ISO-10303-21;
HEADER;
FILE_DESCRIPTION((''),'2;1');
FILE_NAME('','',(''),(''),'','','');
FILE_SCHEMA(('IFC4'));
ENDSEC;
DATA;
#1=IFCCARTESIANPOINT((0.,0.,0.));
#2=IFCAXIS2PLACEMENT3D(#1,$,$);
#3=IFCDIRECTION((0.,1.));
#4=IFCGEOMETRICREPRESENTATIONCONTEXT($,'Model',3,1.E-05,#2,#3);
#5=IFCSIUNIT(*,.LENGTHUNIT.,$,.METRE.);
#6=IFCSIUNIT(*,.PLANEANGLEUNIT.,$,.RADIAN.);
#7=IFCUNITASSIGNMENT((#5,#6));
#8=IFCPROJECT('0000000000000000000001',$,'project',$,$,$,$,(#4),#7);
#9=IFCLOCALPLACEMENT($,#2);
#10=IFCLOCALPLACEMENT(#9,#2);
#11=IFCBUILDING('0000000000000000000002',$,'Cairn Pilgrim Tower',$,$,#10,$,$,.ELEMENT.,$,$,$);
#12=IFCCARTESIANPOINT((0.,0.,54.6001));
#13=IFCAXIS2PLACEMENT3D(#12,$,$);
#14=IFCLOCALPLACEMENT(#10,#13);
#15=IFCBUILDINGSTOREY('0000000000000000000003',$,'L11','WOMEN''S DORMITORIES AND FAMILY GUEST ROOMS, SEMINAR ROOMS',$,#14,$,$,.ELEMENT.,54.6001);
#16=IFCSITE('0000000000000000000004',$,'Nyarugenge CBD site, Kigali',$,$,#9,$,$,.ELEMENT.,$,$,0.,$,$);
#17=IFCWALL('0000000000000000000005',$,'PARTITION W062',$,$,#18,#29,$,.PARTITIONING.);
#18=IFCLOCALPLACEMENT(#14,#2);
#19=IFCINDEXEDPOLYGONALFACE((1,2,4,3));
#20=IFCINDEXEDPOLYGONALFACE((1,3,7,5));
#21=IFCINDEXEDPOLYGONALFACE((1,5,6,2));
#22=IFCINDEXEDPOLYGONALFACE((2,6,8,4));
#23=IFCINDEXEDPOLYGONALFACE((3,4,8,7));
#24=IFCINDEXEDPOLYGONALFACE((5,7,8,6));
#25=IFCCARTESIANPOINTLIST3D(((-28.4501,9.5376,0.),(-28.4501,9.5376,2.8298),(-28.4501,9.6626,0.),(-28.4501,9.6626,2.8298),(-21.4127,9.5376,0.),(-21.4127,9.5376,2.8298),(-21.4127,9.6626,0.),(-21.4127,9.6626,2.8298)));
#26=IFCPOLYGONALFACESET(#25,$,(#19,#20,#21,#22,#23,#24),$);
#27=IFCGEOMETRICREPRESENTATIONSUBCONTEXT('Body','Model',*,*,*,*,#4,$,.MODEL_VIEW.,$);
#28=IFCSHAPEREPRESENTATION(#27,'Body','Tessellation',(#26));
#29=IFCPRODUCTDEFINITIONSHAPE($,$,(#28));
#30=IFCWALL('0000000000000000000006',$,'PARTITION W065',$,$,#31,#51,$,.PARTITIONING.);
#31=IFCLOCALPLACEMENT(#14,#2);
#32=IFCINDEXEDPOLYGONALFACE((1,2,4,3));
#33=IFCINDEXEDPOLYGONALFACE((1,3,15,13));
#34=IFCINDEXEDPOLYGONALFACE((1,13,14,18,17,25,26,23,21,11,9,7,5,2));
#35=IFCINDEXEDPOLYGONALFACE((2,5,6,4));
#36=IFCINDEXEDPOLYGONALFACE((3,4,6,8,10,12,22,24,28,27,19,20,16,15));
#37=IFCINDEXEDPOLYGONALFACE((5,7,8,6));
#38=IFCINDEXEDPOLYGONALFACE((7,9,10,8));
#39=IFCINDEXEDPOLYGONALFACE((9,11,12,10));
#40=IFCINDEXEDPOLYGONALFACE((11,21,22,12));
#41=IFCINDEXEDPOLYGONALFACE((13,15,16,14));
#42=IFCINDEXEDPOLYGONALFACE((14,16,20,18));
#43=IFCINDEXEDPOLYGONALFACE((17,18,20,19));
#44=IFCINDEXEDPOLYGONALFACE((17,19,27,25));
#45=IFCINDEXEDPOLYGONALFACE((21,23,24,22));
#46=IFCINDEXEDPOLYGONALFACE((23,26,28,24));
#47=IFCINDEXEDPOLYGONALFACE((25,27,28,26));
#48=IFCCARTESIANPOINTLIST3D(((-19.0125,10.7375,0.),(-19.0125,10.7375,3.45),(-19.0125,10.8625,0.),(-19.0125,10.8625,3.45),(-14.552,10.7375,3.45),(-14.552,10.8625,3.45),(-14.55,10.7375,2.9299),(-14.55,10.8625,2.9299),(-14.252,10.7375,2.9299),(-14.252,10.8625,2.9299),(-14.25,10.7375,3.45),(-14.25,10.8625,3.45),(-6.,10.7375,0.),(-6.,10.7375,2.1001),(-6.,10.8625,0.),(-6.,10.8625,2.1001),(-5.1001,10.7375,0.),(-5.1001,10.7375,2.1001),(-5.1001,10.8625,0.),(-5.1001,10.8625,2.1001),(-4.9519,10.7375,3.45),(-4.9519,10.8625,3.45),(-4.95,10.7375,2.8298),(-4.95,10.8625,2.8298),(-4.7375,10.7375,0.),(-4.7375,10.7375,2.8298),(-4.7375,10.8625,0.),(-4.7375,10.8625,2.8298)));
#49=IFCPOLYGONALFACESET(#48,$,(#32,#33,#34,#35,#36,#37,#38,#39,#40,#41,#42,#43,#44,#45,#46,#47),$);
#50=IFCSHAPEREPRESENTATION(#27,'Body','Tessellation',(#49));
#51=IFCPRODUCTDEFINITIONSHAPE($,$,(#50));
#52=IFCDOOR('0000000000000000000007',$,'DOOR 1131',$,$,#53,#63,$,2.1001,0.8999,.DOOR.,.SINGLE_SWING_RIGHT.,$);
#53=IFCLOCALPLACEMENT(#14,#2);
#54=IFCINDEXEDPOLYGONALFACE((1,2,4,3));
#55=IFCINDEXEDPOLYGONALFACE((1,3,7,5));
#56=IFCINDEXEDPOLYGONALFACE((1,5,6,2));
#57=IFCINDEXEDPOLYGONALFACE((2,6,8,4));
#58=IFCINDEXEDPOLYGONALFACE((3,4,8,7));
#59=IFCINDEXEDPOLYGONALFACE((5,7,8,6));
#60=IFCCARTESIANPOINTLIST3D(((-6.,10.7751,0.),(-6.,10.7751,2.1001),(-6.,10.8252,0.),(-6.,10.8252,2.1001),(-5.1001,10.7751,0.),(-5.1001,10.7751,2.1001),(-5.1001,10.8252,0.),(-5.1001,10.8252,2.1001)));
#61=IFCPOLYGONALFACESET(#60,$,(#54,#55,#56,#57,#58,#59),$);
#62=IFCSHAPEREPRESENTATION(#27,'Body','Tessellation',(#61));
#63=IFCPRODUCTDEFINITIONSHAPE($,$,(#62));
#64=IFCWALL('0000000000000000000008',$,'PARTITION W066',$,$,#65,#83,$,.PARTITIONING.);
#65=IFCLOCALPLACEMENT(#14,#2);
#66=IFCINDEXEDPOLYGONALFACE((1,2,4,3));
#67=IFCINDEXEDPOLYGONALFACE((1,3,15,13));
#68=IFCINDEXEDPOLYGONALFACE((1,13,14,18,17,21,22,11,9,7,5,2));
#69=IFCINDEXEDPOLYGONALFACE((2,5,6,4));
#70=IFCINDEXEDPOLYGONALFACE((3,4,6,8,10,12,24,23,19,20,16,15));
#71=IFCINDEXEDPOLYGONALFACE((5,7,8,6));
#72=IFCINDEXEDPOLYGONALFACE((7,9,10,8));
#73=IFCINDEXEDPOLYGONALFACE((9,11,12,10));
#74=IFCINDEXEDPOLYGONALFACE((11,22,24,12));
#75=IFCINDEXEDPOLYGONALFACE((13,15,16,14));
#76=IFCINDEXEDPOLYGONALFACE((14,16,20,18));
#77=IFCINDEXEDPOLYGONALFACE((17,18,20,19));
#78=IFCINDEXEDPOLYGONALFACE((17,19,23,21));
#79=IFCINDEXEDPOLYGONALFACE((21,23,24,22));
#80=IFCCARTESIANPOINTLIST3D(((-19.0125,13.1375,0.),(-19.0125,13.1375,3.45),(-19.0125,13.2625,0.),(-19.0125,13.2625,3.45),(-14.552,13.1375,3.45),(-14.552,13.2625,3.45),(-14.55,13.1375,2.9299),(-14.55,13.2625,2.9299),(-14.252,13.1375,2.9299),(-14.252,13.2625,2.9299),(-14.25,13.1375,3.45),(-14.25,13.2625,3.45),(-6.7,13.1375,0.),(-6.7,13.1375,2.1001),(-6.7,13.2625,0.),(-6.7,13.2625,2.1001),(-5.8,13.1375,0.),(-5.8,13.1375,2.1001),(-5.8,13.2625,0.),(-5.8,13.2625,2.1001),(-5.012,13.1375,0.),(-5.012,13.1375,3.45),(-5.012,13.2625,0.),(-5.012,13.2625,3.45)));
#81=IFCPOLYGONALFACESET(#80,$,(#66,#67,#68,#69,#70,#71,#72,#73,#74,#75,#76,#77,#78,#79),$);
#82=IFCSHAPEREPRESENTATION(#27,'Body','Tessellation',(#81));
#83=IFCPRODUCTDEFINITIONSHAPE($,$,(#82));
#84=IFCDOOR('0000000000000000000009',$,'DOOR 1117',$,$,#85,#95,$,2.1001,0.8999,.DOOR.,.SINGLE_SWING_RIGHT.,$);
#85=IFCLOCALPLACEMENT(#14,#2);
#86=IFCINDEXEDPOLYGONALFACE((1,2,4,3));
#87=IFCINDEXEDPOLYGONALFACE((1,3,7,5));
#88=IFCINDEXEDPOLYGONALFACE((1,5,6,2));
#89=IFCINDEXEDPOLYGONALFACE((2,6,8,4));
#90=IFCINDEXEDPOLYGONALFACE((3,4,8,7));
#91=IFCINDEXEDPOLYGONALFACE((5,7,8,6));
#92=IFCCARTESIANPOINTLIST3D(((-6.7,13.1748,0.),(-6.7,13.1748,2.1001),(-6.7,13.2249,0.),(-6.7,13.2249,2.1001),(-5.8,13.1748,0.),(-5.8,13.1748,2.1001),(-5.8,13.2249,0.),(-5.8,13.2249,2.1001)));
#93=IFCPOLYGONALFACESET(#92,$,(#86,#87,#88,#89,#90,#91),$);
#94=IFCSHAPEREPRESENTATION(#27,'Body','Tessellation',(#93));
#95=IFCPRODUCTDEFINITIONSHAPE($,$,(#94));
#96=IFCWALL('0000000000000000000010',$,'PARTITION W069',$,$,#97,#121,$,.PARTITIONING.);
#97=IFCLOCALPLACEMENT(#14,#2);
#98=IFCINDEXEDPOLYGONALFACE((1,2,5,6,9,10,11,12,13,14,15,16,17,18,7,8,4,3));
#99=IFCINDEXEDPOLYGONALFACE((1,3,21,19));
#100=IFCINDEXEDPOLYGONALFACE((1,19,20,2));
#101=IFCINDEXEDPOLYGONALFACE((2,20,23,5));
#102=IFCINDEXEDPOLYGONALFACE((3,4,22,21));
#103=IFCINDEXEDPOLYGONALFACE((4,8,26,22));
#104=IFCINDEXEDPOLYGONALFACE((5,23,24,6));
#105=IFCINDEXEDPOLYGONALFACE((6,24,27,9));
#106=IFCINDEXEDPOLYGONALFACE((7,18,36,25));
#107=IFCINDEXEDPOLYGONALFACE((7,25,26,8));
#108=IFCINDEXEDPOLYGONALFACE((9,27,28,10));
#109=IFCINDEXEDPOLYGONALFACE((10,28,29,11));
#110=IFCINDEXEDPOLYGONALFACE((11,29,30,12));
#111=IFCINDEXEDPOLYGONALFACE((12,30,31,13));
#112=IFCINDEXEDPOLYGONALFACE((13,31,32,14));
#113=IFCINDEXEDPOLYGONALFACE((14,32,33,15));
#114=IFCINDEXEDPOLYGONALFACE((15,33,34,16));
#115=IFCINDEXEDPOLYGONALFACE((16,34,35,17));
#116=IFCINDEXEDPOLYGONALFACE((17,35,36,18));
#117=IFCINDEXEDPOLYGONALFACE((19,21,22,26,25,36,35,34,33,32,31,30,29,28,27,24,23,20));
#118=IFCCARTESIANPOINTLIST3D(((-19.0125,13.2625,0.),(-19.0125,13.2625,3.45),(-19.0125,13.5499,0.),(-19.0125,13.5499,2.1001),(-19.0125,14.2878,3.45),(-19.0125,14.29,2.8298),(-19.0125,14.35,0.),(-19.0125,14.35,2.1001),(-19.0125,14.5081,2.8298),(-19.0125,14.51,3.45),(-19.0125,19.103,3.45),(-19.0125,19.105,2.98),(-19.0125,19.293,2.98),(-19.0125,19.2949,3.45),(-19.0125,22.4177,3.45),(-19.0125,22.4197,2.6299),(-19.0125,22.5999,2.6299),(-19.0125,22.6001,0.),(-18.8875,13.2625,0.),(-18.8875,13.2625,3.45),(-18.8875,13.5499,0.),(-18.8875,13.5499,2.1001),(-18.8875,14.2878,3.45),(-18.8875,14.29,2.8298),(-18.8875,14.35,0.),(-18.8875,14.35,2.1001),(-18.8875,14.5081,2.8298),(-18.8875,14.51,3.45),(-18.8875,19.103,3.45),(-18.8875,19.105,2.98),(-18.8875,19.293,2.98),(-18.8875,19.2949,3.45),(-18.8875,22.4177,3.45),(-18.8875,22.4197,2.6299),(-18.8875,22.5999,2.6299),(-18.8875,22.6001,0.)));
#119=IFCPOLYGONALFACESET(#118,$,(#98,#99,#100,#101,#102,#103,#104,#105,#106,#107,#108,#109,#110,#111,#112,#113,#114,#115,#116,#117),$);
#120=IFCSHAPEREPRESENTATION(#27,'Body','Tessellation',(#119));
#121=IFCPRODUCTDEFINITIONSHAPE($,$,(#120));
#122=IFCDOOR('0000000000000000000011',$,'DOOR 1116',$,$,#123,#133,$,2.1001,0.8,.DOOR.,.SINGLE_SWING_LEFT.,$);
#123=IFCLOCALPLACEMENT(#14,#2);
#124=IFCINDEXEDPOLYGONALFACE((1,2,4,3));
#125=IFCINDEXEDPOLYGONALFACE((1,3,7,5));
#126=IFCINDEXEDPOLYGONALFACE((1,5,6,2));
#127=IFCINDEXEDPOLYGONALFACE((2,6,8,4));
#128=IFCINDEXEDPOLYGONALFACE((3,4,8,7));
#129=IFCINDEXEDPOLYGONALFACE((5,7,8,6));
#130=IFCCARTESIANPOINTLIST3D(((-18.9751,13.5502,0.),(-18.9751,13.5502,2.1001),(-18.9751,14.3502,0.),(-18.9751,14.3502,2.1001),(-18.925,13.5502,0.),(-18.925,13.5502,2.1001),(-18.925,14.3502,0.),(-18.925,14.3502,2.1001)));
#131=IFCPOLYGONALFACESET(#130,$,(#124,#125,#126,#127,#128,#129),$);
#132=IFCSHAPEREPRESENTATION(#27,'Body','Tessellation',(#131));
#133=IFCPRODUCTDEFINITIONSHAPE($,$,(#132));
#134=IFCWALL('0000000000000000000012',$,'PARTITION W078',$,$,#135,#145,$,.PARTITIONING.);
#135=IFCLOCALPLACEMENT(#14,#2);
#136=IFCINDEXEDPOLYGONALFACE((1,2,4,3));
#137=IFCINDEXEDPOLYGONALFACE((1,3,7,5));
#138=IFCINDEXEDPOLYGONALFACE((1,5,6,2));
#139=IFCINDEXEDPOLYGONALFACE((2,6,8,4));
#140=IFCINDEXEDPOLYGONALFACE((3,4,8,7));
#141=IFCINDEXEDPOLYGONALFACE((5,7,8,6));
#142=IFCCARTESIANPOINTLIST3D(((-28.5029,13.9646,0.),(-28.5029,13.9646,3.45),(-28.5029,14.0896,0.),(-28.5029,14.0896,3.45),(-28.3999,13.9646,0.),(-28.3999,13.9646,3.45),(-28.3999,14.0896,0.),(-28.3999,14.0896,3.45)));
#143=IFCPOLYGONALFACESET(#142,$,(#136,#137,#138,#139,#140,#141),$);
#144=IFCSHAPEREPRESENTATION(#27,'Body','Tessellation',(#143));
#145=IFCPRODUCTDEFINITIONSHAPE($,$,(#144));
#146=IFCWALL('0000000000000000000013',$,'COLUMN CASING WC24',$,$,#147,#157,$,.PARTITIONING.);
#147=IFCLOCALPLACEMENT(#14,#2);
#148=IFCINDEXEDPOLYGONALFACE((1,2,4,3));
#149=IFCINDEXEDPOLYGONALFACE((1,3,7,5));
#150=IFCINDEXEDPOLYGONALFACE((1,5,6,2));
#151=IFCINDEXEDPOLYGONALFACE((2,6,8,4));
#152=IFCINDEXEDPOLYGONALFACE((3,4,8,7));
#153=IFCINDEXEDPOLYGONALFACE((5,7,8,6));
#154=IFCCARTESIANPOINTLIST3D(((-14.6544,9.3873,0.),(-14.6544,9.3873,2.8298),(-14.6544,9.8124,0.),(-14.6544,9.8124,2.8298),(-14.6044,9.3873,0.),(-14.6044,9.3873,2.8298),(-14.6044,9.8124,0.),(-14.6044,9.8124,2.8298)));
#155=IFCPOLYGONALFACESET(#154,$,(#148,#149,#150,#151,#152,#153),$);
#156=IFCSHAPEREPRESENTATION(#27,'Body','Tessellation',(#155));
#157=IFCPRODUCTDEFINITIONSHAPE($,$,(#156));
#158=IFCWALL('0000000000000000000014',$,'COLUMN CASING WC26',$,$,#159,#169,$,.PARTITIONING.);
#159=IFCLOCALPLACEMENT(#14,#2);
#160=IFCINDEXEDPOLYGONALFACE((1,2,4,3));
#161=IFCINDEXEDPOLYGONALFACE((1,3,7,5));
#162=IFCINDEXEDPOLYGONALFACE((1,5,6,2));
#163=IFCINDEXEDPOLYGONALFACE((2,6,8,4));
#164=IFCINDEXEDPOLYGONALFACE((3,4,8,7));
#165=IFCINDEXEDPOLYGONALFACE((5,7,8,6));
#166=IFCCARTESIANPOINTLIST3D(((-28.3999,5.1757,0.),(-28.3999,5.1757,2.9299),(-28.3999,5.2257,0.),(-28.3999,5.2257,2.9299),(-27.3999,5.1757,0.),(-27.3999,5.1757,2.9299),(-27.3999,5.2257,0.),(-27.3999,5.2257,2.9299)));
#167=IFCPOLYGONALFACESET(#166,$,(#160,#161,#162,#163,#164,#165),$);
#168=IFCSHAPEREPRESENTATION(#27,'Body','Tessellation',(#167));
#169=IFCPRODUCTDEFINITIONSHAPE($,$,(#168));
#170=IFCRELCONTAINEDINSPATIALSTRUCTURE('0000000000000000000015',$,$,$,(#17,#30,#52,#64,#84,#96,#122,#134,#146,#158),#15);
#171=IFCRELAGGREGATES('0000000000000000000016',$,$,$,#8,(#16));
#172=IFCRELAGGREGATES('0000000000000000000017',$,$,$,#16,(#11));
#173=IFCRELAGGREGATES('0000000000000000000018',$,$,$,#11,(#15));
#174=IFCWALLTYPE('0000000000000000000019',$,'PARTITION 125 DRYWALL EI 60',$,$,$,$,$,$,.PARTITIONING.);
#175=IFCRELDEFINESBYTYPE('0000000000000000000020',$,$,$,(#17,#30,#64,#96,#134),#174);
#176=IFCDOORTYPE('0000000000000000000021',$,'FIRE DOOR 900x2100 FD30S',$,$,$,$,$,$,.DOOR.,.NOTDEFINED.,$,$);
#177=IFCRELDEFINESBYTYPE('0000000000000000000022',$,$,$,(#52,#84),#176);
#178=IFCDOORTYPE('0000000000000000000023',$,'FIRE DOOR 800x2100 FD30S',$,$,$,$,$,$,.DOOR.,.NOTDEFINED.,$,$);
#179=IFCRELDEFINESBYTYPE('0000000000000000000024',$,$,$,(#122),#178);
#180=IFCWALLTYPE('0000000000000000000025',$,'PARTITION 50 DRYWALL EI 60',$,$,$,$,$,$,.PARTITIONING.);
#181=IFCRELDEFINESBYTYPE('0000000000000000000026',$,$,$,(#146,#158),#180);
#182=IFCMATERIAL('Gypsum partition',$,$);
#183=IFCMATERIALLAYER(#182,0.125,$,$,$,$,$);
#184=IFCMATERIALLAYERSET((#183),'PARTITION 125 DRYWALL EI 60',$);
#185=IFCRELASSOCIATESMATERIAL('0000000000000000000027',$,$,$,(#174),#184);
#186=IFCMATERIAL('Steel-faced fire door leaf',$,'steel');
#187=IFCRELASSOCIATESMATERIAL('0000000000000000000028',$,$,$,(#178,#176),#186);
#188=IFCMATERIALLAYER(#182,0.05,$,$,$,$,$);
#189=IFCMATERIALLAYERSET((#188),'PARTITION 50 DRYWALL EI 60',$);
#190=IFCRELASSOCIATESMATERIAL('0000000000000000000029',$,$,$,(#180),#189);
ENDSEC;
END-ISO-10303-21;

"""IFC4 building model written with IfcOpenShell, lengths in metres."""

from ifc_helpers import new_model, si_unit, direction, frame, frame_2d, origin, place, context, subcontext, project, spatial, polyline, rectangle, outline, extrude, material, layer, layer_set, type_object, element, fill, save


model = new_model("IFC4")

# Units and contexts
model_context = context("Model", 3, precision=1e-05, world=origin(), true_north=direction((0.0, 1.0)))
body_context = subcontext(model_context, "Body", "Model", "MODEL_VIEW")
ifc_project = project(units=[si_unit("LENGTHUNIT", "METRE"), si_unit("PLANEANGLEUNIT", "RADIAN")], contexts=[model_context])

# Site, building, storey
site_placement = place(None, origin())
site = spatial("IfcSite", under=ifc_project, at=site_placement, Name="Nyarugenge CBD site, Kigali", CompositionType="ELEMENT", RefElevation=0.0)
building_placement = place(site_placement, origin())
building = spatial("IfcBuilding", under=site, at=building_placement, Name="Cairn Pilgrim Tower", CompositionType="ELEMENT")
storey_placement = place(building_placement, frame((0.0, 0.0, 54.6001)))
storey = spatial("IfcBuildingStorey", under=building, at=storey_placement, Name="L11", Description="WOMEN'S DORMITORIES AND FAMILY GUEST ROOMS, SEMINAR ROOMS", CompositionType="ELEMENT", Elevation=54.6001)

# Shared definitions
ifc_material_1 = material(Name="Gypsum partition")
ifc_layer_1 = layer(ifc_material_1, 0.125)
ifc_layer_set_1 = layer_set([ifc_layer_1], Name="PARTITION 125 DRYWALL EI 60")
wall_type_1 = type_object("IfcWallType", Name="PARTITION 125 DRYWALL EI 60", PredefinedType="PARTITIONING", material=ifc_layer_set_1)

# Shared definitions
ifc_material_2 = material(Name="Steel-faced fire door leaf", Category="steel")
door_type_1 = type_object("IfcDoorType", Name="FIRE DOOR 800x2100 FD30S", OperationType="NOTDEFINED", PredefinedType="DOOR", material=ifc_material_2)

# Wall
wall_1_placement = place(storey_placement, frame((-28.45, 9.6001, 0.0), z_axis=(0.0, 0.0, 1.0), x_axis=(1.0, 0.0, 0.0)))
element("IfcWall", 1, at=wall_1_placement, inside=storey, type_object=wall_type_1, Name="PARTITION W062", PredefinedType="PARTITIONING", context=body_context, shape_type="SweptSolid", body=[
    extrude(rectangle(XDim=7.0374, YDim=0.125, at=frame_2d((3.5186, 0.0))), origin(), (0.0, 0.0, 1.0), 2.8298),
])

# Walls, openings, doors
wall_2_placement = place(storey_placement, frame((-19.0125, 10.8, 0.0), z_axis=(0.0, 0.0, 1.0), x_axis=(1.0, 0.0, 0.0)))
wall_2 = element("IfcWall", 2, at=wall_2_placement, inside=storey, type_object=wall_type_1, Name="PARTITION W065", PredefinedType="PARTITIONING", context=body_context, shape_type="SweptSolid", body=[
    extrude(outline(polyline([(0.0, 0.0), (14.2749, 0.0), (14.2749, 2.8298), (14.0625, 2.8298), (14.0605, 3.45), (4.7625, 3.45), (4.7605, 2.9299), (4.4624, 2.9299), (4.4604, 3.45), (0.0, 3.45), (0.0, 0.0)])), frame((0.0, 0.0625, 0.0), z_axis=(0.0, -1.0, 0.0), x_axis=(1.0, 0.0, 0.0)), (0.0, 0.0, 1.0), 0.125),
])
opening_1_placement = place(wall_2_placement, frame((13.0125, 0.0, 0.0)))
opening_1 = element("IfcOpeningElement", 3, at=opening_1_placement, cuts=wall_2, PredefinedType="OPENING", context=body_context, shape_type="SweptSolid", body=[
    extrude(rectangle(XDim=0.8999, YDim=2.1001, at=frame_2d((0.45, 1.05))), frame((0.0, 0.0725, 0.0), z_axis=(0.0, -1.0, 0.0), x_axis=(1.0, 0.0, 0.0)), (0.0, 0.0, 1.0), 0.145),
])
door_type_2 = type_object("IfcDoorType", Name="FIRE DOOR 900x2100 FD30S", OperationType="NOTDEFINED", PredefinedType="DOOR", material=ifc_material_2)
door_1_placement = place(opening_1_placement, frame((0.8999, 0.0, 0.0), z_axis=(0.0, 0.0, 1.0), x_axis=(-1.0, 0.0, 0.0)))
door_1 = element("IfcDoor", 4, at=door_1_placement, inside=storey, type_object=door_type_2, Name="DOOR 1131", OperationType="SINGLE_SWING_RIGHT", OverallHeight=2.1001, OverallWidth=0.8999, PredefinedType="DOOR", context=body_context, shape_type="SweptSolid", body=[
    extrude(rectangle(XDim=0.8999, YDim=2.1001, at=frame_2d((0.45, 1.05))), frame((0.0, 0.0249, 0.0), z_axis=(0.0, -1.0, 0.0), x_axis=(1.0, 0.0, 0.0)), (0.0, 0.0, 1.0), 0.05),
])
fill(opening_1, door_1)
wall_3_placement = place(storey_placement, frame((-19.0125, 13.2, 0.0), z_axis=(0.0, 0.0, 1.0), x_axis=(1.0, 0.0, 0.0)))
wall_3 = element("IfcWall", 5, at=wall_3_placement, inside=storey, type_object=wall_type_1, Name="PARTITION W066", PredefinedType="PARTITIONING", context=body_context, shape_type="SweptSolid", body=[
    extrude(outline(polyline([(0.0, 0.0), (14.0005, 0.0), (14.0005, 3.45), (4.7625, 3.45), (4.7605, 2.9299), (4.4624, 2.9299), (4.4604, 3.45), (0.0, 3.45), (0.0, 0.0)])), frame((0.0, 0.0625, 0.0), z_axis=(0.0, -1.0, 0.0), x_axis=(1.0, 0.0, 0.0)), (0.0, 0.0, 1.0), 0.125),
])
opening_2_placement = place(wall_3_placement, frame((12.3125, 0.0, 0.0)))
opening_2 = element("IfcOpeningElement", 6, at=opening_2_placement, cuts=wall_3, PredefinedType="OPENING", context=body_context, shape_type="SweptSolid", body=[
    extrude(rectangle(XDim=0.8999, YDim=2.1001, at=frame_2d((0.45, 1.05))), frame((0.0, 0.0725, 0.0), z_axis=(0.0, -1.0, 0.0), x_axis=(1.0, 0.0, 0.0)), (0.0, 0.0, 1.0), 0.145),
])
door_2_placement = place(opening_2_placement, origin())
door_2 = element("IfcDoor", 7, at=door_2_placement, inside=storey, type_object=door_type_2, Name="DOOR 1117", OperationType="SINGLE_SWING_RIGHT", OverallHeight=2.1001, OverallWidth=0.8999, PredefinedType="DOOR", context=body_context, shape_type="SweptSolid", body=[
    extrude(rectangle(XDim=0.8999, YDim=2.1001, at=frame_2d((0.45, 1.05))), frame((0.0, 0.0249, 0.0), z_axis=(0.0, -1.0, 0.0), x_axis=(1.0, 0.0, 0.0)), (0.0, 0.0, 1.0), 0.05),
])
fill(opening_2, door_2)
wall_4_placement = place(storey_placement, frame((-18.95, 13.2625, 0.0), z_axis=(0.0, 0.0, 1.0), x_axis=(0.0, 1.0, 0.0)))
wall_4 = element("IfcWall", 8, at=wall_4_placement, inside=storey, type_object=wall_type_1, Name="PARTITION W069", PredefinedType="PARTITIONING", context=body_context, shape_type="SweptSolid", body=[
    extrude(outline(polyline([(0.0, 0.0), (9.3376, 0.0), (9.3374, 2.6299), (9.1572, 2.6299), (9.1553, 3.45), (6.0325, 3.45), (6.0305, 2.98), (5.8425, 2.98), (5.8406, 3.45), (1.2476, 3.45), (1.2456, 2.8298), (1.0276, 2.8298), (1.0254, 3.45), (0.0, 3.45), (0.0, 0.0)])), frame((0.0, 0.0625, 0.0), z_axis=(0.0, -1.0, 0.0), x_axis=(1.0, 0.0, 0.0)), (0.0, 0.0, 1.0), 0.125),
])
opening_3_placement = place(wall_4_placement, frame((0.2876, 0.0, 0.0)))
opening_3 = element("IfcOpeningElement", 9, at=opening_3_placement, cuts=wall_4, PredefinedType="OPENING", context=body_context, shape_type="SweptSolid", body=[
    extrude(rectangle(XDim=0.8, YDim=2.1001, at=frame_2d((0.3999, 1.05))), frame((0.0, 0.0725, 0.0), z_axis=(0.0, -1.0, 0.0), x_axis=(1.0, 0.0, 0.0)), (0.0, 0.0, 1.0), 0.145),
])
door_3_placement = place(opening_3_placement, frame((0.8, 0.0, 0.0), z_axis=(0.0, 0.0, 1.0), x_axis=(-1.0, 0.0, 0.0)))
door_3 = element("IfcDoor", 10, at=door_3_placement, inside=storey, type_object=door_type_1, Name="DOOR 1116", OperationType="SINGLE_SWING_LEFT", OverallHeight=2.1001, OverallWidth=0.8, PredefinedType="DOOR", context=body_context, shape_type="SweptSolid", body=[
    extrude(rectangle(XDim=0.8, YDim=2.1001, at=frame_2d((0.3999, 1.05))), frame((0.0, 0.0249, 0.0), z_axis=(0.0, -1.0, 0.0), x_axis=(1.0, 0.0, 0.0)), (0.0, 0.0, 1.0), 0.05),
])
fill(opening_3, door_3)

# Walls
wall_5_placement = place(storey_placement, frame((-28.5029, 14.0271, 0.0), z_axis=(0.0, 0.0, 1.0), x_axis=(1.0, 0.0, 0.0)))
element("IfcWall", 11, at=wall_5_placement, inside=storey, type_object=wall_type_1, Name="PARTITION W078", PredefinedType="PARTITIONING", context=body_context, shape_type="SweptSolid", body=[
    extrude(rectangle(XDim=0.103, YDim=0.125, at=frame_2d((0.0515, 0.0))), origin(), (0.0, 0.0, 1.0), 3.45),
])
ifc_layer_2 = layer(ifc_material_1, 0.05)
ifc_layer_set_2 = layer_set([ifc_layer_2], Name="PARTITION 50 DRYWALL EI 60")
wall_type_2 = type_object("IfcWallType", Name="PARTITION 50 DRYWALL EI 60", PredefinedType="PARTITIONING", material=ifc_layer_set_2)
wall_6_placement = place(storey_placement, frame((-14.6294, 9.3875, 0.0), z_axis=(0.0, 0.0, 1.0), x_axis=(0.0, 1.0, 0.0)))
element("IfcWall", 12, at=wall_6_placement, inside=storey, type_object=wall_type_2, Name="COLUMN CASING WC24", PredefinedType="PARTITIONING", context=body_context, shape_type="SweptSolid", body=[
    extrude(rectangle(XDim=0.425, YDim=0.05, at=frame_2d((0.2124, 0.0))), origin(), (0.0, 0.0, 1.0), 2.8298),
])
for number, where, z_axis, x_axis, name in (
    (13, (-28.3999, 5.2007, 0.0), (0.0, 0.0, 1.0), (1.0, 0.0, 0.0), "COLUMN CASING WC26"),
):
    element("IfcWall", number, at=place(storey_placement, frame(where, z_axis=z_axis, x_axis=x_axis)), inside=storey, type_object=wall_type_2, Name=name, PredefinedType="PARTITIONING", context=body_context, shape_type="SweptSolid", body=[
        extrude(rectangle(XDim=1.0, YDim=0.05, at=frame_2d((0.5, 0.0))), origin(), (0.0, 0.0, 1.0), 2.9299),
    ])

save(model, "model.ifc")
